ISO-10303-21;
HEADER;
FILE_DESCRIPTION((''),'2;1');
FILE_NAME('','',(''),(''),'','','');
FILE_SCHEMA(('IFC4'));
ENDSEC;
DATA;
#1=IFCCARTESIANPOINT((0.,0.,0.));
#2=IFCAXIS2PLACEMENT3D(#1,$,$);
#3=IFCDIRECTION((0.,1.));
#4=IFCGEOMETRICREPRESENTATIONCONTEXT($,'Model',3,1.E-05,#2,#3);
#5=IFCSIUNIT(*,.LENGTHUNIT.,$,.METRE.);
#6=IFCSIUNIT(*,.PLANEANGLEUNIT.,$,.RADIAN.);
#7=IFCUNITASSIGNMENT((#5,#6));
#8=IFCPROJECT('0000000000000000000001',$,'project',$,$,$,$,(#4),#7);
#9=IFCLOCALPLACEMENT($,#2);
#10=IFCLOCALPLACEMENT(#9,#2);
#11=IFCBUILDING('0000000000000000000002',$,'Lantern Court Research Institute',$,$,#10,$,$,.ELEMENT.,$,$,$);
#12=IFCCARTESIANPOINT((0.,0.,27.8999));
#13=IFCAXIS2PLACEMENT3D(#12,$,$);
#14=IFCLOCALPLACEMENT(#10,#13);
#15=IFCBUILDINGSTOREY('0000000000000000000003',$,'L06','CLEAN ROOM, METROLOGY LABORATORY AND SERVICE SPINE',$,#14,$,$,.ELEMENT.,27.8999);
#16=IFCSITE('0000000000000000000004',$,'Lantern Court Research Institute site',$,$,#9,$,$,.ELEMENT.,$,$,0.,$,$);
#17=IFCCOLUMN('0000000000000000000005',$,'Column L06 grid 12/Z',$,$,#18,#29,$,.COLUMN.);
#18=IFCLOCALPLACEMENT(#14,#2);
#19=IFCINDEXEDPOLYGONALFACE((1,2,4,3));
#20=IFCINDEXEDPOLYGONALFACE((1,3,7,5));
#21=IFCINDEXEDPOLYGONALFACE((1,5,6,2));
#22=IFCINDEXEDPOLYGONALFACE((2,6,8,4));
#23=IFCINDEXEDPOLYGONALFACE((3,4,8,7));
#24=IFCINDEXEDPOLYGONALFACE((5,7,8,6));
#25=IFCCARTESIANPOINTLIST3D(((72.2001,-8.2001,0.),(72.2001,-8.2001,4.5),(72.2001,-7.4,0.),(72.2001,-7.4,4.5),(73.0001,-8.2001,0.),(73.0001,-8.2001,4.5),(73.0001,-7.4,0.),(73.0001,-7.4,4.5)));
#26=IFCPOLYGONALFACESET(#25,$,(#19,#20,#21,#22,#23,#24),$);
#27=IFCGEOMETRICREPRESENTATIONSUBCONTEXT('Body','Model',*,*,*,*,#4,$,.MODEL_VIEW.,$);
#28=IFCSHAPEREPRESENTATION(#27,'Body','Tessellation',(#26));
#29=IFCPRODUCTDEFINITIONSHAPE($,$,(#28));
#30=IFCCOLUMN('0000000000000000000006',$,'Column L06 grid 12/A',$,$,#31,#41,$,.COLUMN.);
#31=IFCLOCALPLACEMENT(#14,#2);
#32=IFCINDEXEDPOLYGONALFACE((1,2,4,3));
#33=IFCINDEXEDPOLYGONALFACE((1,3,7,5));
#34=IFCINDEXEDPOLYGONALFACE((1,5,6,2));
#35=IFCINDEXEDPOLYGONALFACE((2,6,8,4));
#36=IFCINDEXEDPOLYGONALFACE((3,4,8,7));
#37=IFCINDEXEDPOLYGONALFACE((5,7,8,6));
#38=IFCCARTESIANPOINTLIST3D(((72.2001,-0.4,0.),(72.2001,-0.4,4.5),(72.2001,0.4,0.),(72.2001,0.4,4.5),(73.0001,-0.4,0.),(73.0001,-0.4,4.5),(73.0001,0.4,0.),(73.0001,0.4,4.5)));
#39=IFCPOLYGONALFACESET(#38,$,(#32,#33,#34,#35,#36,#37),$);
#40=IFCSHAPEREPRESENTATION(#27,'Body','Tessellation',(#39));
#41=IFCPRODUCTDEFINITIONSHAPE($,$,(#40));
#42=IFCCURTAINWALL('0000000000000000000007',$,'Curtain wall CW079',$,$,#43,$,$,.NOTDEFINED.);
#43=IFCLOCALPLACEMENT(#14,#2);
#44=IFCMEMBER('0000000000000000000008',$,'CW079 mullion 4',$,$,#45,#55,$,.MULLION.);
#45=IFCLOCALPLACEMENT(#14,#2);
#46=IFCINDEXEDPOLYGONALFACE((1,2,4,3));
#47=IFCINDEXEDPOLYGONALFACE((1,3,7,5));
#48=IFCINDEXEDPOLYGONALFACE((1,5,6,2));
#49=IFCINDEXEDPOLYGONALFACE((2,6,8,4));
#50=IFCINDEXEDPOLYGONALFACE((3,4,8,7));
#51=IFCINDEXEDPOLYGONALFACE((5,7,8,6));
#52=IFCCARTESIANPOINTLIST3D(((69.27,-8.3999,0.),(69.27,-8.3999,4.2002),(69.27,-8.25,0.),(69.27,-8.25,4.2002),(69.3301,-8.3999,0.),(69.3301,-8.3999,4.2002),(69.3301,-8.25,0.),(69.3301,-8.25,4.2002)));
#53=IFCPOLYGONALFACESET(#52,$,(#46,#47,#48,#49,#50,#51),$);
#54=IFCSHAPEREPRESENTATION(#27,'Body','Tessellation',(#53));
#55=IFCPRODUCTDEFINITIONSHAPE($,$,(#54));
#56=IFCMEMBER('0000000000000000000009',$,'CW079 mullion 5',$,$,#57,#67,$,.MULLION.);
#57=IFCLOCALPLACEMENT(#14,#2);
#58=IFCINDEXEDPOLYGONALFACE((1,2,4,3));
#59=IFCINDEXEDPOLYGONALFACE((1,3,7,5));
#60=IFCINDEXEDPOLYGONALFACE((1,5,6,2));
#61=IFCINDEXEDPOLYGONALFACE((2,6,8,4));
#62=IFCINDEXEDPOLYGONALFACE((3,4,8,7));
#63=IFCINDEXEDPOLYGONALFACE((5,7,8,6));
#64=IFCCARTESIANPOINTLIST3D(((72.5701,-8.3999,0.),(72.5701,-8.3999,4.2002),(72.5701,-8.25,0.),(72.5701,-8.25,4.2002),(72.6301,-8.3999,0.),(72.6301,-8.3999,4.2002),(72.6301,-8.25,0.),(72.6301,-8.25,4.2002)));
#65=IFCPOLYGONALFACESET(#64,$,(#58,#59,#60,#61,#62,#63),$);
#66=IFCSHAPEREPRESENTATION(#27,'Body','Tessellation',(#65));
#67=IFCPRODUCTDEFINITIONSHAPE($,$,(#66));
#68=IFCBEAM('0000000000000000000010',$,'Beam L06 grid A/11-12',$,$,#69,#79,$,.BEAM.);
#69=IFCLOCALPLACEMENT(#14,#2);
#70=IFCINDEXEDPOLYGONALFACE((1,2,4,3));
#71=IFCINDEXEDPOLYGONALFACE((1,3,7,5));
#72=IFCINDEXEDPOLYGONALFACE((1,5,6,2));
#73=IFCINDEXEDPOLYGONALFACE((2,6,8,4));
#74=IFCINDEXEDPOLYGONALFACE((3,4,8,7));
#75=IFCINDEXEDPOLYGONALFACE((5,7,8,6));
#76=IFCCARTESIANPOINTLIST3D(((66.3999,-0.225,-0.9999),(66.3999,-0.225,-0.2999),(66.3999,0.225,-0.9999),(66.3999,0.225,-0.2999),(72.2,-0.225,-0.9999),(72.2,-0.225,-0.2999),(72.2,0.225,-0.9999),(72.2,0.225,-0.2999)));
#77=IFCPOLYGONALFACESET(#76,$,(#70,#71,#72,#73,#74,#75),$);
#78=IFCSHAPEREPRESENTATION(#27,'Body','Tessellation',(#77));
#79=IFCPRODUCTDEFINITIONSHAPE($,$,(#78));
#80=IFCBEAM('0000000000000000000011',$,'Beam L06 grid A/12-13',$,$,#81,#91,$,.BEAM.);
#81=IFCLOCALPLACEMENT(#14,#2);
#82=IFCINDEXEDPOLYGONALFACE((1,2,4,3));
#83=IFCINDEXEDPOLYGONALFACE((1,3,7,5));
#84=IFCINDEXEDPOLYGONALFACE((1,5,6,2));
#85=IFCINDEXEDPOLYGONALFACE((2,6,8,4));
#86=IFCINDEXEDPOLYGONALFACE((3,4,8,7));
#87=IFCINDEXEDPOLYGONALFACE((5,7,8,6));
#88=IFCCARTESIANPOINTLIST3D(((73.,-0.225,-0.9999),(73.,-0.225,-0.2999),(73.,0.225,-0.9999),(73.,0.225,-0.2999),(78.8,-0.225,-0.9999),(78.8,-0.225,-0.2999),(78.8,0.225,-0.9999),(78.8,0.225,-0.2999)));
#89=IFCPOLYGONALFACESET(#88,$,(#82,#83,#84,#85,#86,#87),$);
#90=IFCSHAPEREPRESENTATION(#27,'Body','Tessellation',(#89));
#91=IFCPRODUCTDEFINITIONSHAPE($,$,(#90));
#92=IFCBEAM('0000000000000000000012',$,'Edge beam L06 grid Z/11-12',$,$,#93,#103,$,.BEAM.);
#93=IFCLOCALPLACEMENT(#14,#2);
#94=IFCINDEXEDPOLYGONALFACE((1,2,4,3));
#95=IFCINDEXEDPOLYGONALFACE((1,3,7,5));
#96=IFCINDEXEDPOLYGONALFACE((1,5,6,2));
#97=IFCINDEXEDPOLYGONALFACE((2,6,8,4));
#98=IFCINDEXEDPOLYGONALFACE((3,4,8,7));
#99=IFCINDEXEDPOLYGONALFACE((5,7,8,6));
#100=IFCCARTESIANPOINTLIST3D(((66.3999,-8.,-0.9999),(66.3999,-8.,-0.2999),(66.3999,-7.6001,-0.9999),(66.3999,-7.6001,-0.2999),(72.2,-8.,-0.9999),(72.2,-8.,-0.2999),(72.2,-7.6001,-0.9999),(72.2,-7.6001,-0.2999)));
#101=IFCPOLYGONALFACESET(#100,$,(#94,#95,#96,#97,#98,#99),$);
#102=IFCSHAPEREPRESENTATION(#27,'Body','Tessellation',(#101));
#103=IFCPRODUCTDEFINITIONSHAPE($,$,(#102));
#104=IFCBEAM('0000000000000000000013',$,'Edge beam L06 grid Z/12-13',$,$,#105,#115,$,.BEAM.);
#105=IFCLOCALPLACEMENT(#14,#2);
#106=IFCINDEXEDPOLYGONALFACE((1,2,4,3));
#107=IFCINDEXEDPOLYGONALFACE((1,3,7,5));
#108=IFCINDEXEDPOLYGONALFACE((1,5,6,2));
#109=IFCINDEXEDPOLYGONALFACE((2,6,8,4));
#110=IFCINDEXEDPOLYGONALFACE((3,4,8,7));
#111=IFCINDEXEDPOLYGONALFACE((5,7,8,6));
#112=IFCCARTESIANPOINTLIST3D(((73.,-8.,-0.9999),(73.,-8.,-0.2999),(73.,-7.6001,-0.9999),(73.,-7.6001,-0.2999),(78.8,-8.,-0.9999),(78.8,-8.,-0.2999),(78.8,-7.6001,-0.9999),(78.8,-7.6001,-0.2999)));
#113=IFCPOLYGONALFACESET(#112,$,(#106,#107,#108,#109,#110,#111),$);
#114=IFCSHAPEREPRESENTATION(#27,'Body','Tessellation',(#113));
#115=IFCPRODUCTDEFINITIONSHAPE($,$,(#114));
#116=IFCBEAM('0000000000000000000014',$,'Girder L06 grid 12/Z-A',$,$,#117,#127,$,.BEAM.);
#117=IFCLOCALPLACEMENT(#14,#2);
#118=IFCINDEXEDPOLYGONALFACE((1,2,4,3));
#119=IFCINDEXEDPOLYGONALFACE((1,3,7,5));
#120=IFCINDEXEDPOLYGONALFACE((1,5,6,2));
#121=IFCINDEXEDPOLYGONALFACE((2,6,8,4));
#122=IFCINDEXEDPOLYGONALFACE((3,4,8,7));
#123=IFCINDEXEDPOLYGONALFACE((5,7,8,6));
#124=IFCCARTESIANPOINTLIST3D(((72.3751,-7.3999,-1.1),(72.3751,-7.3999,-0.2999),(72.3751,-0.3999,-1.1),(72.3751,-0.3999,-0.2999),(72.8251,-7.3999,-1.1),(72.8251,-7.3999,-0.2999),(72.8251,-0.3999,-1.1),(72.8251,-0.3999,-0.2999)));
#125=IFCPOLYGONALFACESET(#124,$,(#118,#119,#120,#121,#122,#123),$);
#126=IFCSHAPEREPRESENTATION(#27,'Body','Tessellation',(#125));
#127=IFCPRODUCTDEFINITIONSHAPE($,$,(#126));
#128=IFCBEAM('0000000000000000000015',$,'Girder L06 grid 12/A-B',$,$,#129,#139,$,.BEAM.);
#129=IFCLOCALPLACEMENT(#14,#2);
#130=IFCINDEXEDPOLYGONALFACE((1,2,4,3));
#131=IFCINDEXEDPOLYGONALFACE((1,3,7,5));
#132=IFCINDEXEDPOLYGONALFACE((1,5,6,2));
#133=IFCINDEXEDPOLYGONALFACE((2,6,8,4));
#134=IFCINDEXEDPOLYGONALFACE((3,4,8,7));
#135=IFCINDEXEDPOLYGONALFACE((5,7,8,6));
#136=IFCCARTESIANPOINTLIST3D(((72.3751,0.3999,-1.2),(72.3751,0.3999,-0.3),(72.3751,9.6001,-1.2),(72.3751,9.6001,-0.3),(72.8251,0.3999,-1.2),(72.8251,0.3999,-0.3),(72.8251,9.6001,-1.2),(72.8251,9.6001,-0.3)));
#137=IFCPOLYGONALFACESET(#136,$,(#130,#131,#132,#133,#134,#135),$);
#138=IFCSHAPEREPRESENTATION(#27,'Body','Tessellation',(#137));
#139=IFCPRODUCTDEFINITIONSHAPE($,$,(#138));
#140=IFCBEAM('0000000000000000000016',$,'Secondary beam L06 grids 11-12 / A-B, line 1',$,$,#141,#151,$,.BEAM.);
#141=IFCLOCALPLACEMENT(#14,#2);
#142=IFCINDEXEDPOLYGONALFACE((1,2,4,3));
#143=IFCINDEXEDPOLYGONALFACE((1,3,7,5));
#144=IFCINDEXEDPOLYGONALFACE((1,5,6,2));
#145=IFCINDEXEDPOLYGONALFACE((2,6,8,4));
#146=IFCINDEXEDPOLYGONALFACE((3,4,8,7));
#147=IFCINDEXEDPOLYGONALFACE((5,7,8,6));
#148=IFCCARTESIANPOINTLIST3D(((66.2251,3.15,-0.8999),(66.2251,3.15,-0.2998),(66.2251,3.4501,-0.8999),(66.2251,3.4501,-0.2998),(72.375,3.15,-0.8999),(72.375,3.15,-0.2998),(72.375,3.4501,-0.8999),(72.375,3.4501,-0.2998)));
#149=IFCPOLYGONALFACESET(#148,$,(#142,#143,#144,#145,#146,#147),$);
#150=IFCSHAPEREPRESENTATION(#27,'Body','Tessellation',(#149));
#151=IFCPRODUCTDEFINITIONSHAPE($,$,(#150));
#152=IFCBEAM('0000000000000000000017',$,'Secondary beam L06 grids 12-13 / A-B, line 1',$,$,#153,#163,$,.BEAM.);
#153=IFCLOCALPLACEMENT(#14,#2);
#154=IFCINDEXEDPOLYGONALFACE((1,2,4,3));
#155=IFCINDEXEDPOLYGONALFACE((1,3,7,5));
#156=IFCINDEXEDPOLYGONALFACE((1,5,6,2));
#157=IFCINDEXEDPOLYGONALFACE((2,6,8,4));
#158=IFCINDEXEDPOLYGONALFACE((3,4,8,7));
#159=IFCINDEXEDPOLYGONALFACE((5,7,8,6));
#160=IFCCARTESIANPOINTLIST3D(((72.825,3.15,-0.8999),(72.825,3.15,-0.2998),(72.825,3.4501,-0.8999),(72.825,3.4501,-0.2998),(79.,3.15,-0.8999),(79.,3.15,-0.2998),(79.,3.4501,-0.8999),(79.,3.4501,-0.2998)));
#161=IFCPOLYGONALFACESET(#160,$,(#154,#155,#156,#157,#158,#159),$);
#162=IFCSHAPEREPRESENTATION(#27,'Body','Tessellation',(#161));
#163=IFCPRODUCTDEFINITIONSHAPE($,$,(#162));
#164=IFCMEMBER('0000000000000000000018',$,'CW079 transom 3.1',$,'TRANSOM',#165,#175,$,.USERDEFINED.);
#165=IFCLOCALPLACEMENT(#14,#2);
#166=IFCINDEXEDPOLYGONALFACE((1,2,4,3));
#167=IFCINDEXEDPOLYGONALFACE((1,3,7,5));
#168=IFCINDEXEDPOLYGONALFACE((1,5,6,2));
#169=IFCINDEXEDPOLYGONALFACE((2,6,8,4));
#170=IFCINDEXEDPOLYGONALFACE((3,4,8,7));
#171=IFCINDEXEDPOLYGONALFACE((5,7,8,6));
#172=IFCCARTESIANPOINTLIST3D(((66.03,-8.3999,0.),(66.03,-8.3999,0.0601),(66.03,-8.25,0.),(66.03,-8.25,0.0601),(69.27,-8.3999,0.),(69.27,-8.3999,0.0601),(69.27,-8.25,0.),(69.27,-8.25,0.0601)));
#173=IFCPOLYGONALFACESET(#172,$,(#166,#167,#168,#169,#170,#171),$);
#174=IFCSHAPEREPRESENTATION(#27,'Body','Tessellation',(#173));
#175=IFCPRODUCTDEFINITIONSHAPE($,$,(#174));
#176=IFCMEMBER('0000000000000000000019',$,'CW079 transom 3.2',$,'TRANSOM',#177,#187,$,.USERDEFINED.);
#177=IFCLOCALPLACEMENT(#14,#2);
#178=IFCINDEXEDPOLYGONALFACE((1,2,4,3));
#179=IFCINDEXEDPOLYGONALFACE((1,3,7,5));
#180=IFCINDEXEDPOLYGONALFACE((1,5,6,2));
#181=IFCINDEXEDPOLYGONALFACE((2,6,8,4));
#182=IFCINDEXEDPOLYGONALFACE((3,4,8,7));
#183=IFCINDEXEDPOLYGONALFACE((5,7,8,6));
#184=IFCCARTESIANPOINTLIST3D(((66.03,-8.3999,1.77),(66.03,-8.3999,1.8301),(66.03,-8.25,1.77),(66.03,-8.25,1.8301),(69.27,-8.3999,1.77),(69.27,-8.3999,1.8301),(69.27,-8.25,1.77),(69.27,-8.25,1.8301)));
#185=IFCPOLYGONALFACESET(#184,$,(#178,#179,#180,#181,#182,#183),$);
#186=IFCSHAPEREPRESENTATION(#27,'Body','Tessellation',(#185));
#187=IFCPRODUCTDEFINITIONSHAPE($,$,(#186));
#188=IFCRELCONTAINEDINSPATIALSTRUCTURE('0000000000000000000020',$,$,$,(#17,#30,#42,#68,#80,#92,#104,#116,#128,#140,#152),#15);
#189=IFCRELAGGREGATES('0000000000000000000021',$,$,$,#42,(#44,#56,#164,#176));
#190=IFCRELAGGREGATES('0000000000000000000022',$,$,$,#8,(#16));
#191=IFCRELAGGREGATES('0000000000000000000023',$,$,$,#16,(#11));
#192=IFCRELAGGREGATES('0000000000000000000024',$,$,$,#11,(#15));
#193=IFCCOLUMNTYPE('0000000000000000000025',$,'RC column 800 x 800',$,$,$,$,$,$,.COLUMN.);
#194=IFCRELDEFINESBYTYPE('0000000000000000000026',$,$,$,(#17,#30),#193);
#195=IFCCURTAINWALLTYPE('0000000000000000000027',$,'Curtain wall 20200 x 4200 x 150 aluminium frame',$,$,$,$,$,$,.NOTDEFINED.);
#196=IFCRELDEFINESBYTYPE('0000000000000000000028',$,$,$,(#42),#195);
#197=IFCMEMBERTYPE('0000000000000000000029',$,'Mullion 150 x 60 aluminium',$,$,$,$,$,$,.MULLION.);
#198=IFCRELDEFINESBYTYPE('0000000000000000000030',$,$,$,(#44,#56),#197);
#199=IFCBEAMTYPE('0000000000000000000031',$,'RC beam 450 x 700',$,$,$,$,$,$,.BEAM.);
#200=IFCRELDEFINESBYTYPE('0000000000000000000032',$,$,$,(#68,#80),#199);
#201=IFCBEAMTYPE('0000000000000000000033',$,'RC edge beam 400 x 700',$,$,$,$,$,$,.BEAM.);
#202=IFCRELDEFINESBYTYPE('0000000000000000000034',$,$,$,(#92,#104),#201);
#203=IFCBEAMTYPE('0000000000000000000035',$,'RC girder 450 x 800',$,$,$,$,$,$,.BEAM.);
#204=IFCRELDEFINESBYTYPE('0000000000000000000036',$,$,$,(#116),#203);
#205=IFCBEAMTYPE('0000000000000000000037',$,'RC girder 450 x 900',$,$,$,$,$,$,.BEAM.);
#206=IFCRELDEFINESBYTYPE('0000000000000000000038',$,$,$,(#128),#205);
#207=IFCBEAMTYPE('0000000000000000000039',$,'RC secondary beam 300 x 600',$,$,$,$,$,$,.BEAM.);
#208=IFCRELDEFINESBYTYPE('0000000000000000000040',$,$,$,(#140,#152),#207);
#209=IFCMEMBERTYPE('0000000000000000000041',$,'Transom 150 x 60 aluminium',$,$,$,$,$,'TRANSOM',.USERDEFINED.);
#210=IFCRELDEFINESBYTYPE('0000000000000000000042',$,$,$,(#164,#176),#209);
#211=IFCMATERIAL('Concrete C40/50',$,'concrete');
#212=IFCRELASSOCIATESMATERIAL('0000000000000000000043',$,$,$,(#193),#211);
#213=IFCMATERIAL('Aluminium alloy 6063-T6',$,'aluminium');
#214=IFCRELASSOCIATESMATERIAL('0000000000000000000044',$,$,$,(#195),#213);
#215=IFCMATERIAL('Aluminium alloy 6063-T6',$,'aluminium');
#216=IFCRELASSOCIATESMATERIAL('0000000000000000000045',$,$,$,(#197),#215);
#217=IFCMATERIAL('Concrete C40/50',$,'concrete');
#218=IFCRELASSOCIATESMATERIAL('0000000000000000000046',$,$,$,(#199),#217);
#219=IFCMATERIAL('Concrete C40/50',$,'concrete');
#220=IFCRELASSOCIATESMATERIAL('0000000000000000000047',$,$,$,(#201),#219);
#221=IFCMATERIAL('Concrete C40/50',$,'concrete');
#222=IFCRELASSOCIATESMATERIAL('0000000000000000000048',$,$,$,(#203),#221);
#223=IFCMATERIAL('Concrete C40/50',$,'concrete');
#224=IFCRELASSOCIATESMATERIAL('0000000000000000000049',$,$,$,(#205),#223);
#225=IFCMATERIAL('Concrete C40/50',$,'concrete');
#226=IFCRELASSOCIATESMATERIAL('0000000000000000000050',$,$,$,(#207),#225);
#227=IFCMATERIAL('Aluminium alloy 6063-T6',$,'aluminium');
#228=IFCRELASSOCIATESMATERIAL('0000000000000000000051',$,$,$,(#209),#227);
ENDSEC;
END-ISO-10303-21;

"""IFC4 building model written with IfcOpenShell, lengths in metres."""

from ifc_helpers import new_model, si_unit, direction, frame, origin, origin_2d, place, context, subcontext, project, spatial, rectangle, extrude, material, material_profile, profile_set, type_object, element, aggregate, save


model = new_model("IFC4")

# Units and contexts
model_context = context("Model", 3, precision=1e-05, world=origin(), true_north=direction((0.0, 1.0)))
body_context = subcontext(model_context, "Body", "Model", "MODEL_VIEW")
ifc_project = project(units=[si_unit("LENGTHUNIT", "METRE"), si_unit("PLANEANGLEUNIT", "RADIAN")], contexts=[model_context])

# Site, building, storey
site_placement = place(None, origin())
site = spatial("IfcSite", under=ifc_project, at=site_placement, Name="Lantern Court Research Institute site", CompositionType="ELEMENT", RefElevation=0.0)
building_placement = place(site_placement, origin())
building = spatial("IfcBuilding", under=site, at=building_placement, Name="Lantern Court Research Institute", CompositionType="ELEMENT")
storey_placement = place(building_placement, frame((0.0, 0.0, 27.8999)))
storey = spatial("IfcBuildingStorey", under=building, at=storey_placement, Name="L06", Description="CLEAN ROOM, METROLOGY LABORATORY AND SERVICE SPINE", CompositionType="ELEMENT", Elevation=27.8999)

# Columns
ifc_material_1 = material(Name="Concrete C40/50", Category="concrete")
ifc_material_profile_1 = material_profile(ifc_material_1, rectangle(XDim=0.8, YDim=0.8, at=origin_2d()), Name="RC column 800 x 800")
ifc_profile_set_1 = profile_set([ifc_material_profile_1], Name="Concrete C40/50")
column_type = type_object("IfcColumnType", Name="RC column 800 x 800", PredefinedType="COLUMN", material=ifc_profile_set_1)
for number, where, z_axis, x_axis, name in (
    (1, (72.6001, -7.8, 0.0), (0.0, 0.0, 1.0), (1.0, 0.0, 0.0), "Column L06 grid 12/Z"),
    (2, (72.6001, 0.0, 0.0), (0.0, 0.0, 1.0), (1.0, 0.0, 0.0), "Column L06 grid 12/A"),
):
    element("IfcColumn", number, at=place(storey_placement, frame(where, z_axis=z_axis, x_axis=x_axis)), inside=storey, type_object=column_type, Name=name, PredefinedType="COLUMN", context=body_context, shape_type="SweptSolid", body=[
        extrude(rectangle(XDim=0.8, YDim=0.8, at=origin_2d()), origin(), (0.0, 0.0, 1.0), 4.5),
    ])

# Curtain wall, members
ifc_material_2 = material(Name="Aluminium alloy 6063-T6", Category="aluminium")
curtain_wall_type = type_object("IfcCurtainWallType", Name="Curtain wall 20200 x 4200 x 150 aluminium frame", PredefinedType="NOTDEFINED", material=ifc_material_2)
curtain_wall_placement = place(storey_placement, origin())
curtain_wall = element("IfcCurtainWall", 3, at=curtain_wall_placement, inside=storey, type_object=curtain_wall_type, Name="Curtain wall CW079", PredefinedType="NOTDEFINED")
ifc_material_3 = material(Name="Aluminium alloy 6063-T6", Category="aluminium")
ifc_material_profile_2 = material_profile(ifc_material_3, rectangle(XDim=0.1499, YDim=0.0601, at=origin_2d()), Name="Mullion 150 x 60")
ifc_profile_set_2 = profile_set([ifc_material_profile_2], Name="Aluminium alloy 6063-T6")
member_type_1 = type_object("IfcMemberType", Name="Mullion 150 x 60 aluminium", PredefinedType="MULLION", material=ifc_profile_set_2)
member_1_placement = place(storey_placement, frame((69.3, -8.325, 0.0), z_axis=(0.0, 0.0, 1.0), x_axis=(0.0, -1.0, 0.0)))
member_1 = element("IfcMember", 4, at=member_1_placement, type_object=member_type_1, Name="CW079 mullion 4", PredefinedType="MULLION", context=body_context, shape_type="SweptSolid", body=[
    extrude(rectangle(XDim=0.1499, YDim=0.0601, at=origin_2d()), origin(), (0.0, 0.0, 1.0), 4.2002),
])
member_2_placement = place(storey_placement, frame((72.6001, -8.325, 0.0), z_axis=(0.0, 0.0, 1.0), x_axis=(0.0, -1.0, 0.0)))
member_2 = element("IfcMember", 5, at=member_2_placement, type_object=member_type_1, Name="CW079 mullion 5", PredefinedType="MULLION", context=body_context, shape_type="SweptSolid", body=[
    extrude(rectangle(XDim=0.1499, YDim=0.0601, at=origin_2d()), origin(), (0.0, 0.0, 1.0), 4.2002),
])

# Beams
ifc_material_4 = material(Name="Concrete C40/50", Category="concrete")
ifc_material_profile_3 = material_profile(ifc_material_4, rectangle(XDim=0.45, YDim=0.7, at=origin_2d()), Name="RC beam 450 x 700")
ifc_profile_set_3 = profile_set([ifc_material_profile_3], Name="Concrete C40/50")
beam_type_1 = type_object("IfcBeamType", Name="RC beam 450 x 700", PredefinedType="BEAM", material=ifc_profile_set_3)
for number, where, z_axis, x_axis, name in (
    (6, (66.3999, 0.0, -0.6499), (1.0, 0.0, 0.0), (0.0, 1.0, 0.0), "Beam L06 grid A/11-12"),
    (7, (73.0, 0.0, -0.6499), (1.0, 0.0, 0.0), (0.0, 1.0, 0.0), "Beam L06 grid A/12-13"),
):
    element("IfcBeam", number, at=place(storey_placement, frame(where, z_axis=z_axis, x_axis=x_axis)), inside=storey, type_object=beam_type_1, Name=name, PredefinedType="BEAM", context=body_context, shape_type="SweptSolid", body=[
        extrude(rectangle(XDim=0.45, YDim=0.7, at=origin_2d()), origin(), (0.0, 0.0, 1.0), 5.8),
    ])
ifc_material_5 = material(Name="Concrete C40/50", Category="concrete")
ifc_material_profile_4 = material_profile(ifc_material_5, rectangle(XDim=0.3999, YDim=0.7, at=origin_2d()), Name="RC beam 400 x 700")
ifc_profile_set_4 = profile_set([ifc_material_profile_4], Name="Concrete C40/50")
beam_type_2 = type_object("IfcBeamType", Name="RC edge beam 400 x 700", PredefinedType="BEAM", material=ifc_profile_set_4)
for number, where, z_axis, x_axis, name in (
    (8, (66.3999, -7.8, -0.6499), (1.0, 0.0, 0.0), (0.0, 1.0, 0.0), "Edge beam L06 grid Z/11-12"),
    (9, (73.0, -7.8, -0.6499), (1.0, 0.0, 0.0), (0.0, 1.0, 0.0), "Edge beam L06 grid Z/12-13"),
):
    element("IfcBeam", number, at=place(storey_placement, frame(where, z_axis=z_axis, x_axis=x_axis)), inside=storey, type_object=beam_type_2, Name=name, PredefinedType="BEAM", context=body_context, shape_type="SweptSolid", body=[
        extrude(rectangle(XDim=0.3999, YDim=0.7, at=origin_2d()), origin(), (0.0, 0.0, 1.0), 5.8),
    ])
ifc_material_6 = material(Name="Concrete C40/50", Category="concrete")
ifc_material_profile_5 = material_profile(ifc_material_6, rectangle(XDim=0.45, YDim=0.8, at=origin_2d()), Name="RC beam 450 x 800")
ifc_profile_set_5 = profile_set([ifc_material_profile_5], Name="Concrete C40/50")
beam_type_3 = type_object("IfcBeamType", Name="RC girder 450 x 800", PredefinedType="BEAM", material=ifc_profile_set_5)
beam_1_placement = place(storey_placement, frame((72.6001, -7.3999, -0.7), z_axis=(0.0, 1.0, 0.0), x_axis=(-1.0, 0.0, 0.0)))
element("IfcBeam", 10, at=beam_1_placement, inside=storey, type_object=beam_type_3, Name="Girder L06 grid 12/Z-A", PredefinedType="BEAM", context=body_context, shape_type="SweptSolid", body=[
    extrude(rectangle(XDim=0.45, YDim=0.8, at=origin_2d()), origin(), (0.0, 0.0, 1.0), 7.0),
])
ifc_material_7 = material(Name="Concrete C40/50", Category="concrete")
ifc_material_profile_6 = material_profile(ifc_material_7, rectangle(XDim=0.45, YDim=0.8999, at=origin_2d()), Name="RC beam 450 x 900")
ifc_profile_set_6 = profile_set([ifc_material_profile_6], Name="Concrete C40/50")
beam_type_4 = type_object("IfcBeamType", Name="RC girder 450 x 900", PredefinedType="BEAM", material=ifc_profile_set_6)
beam_2_placement = place(storey_placement, frame((72.6001, 0.3999, -0.75), z_axis=(0.0, 1.0, 0.0), x_axis=(-1.0, 0.0, 0.0)))
element("IfcBeam", 11, at=beam_2_placement, inside=storey, type_object=beam_type_4, Name="Girder L06 grid 12/A-B", PredefinedType="BEAM", context=body_context, shape_type="SweptSolid", body=[
    extrude(rectangle(XDim=0.45, YDim=0.8999, at=origin_2d()), origin(), (0.0, 0.0, 1.0), 9.2002),
])
ifc_material_8 = material(Name="Concrete C40/50", Category="concrete")
ifc_material_profile_7 = material_profile(ifc_material_8, rectangle(XDim=0.3, YDim=0.6001, at=origin_2d()), Name="RC beam 300 x 600")
ifc_profile_set_7 = profile_set([ifc_material_profile_7], Name="Concrete C40/50")
beam_type_5 = type_object("IfcBeamType", Name="RC secondary beam 300 x 600", PredefinedType="BEAM", material=ifc_profile_set_7)
beam_3_placement = place(storey_placement, frame((66.2251, 3.3, -0.5999), z_axis=(1.0, 0.0, 0.0), x_axis=(0.0, 1.0, 0.0)))
element("IfcBeam", 12, at=beam_3_placement, inside=storey, type_object=beam_type_5, Name="Secondary beam L06 grids 11-12 / A-B, line 1", PredefinedType="BEAM", context=body_context, shape_type="SweptSolid", body=[
    extrude(rectangle(XDim=0.3, YDim=0.6001, at=origin_2d()), origin(), (0.0, 0.0, 1.0), 6.1499),
])
beam_4_placement = place(storey_placement, frame((72.825, 3.3, -0.5999), z_axis=(1.0, 0.0, 0.0), x_axis=(0.0, 1.0, 0.0)))
element("IfcBeam", 13, at=beam_4_placement, inside=storey, type_object=beam_type_5, Name="Secondary beam L06 grids 12-13 / A-B, line 1", PredefinedType="BEAM", context=body_context, shape_type="SweptSolid", body=[
    extrude(rectangle(XDim=0.3, YDim=0.6001, at=origin_2d()), origin(), (0.0, 0.0, 1.0), 6.175),
])

# Members
ifc_material_9 = material(Name="Aluminium alloy 6063-T6", Category="aluminium")
ifc_material_profile_8 = material_profile(ifc_material_9, rectangle(XDim=0.1499, YDim=0.0601, at=origin_2d()), Name="Transom 150 x 60")
ifc_profile_set_8 = profile_set([ifc_material_profile_8], Name="Aluminium alloy 6063-T6")
member_type_2 = type_object("IfcMemberType", Name="Transom 150 x 60 aluminium", ElementType="TRANSOM", PredefinedType="USERDEFINED", material=ifc_profile_set_8)
member_3_placement = place(storey_placement, frame((69.27, -8.325, 0.03), z_axis=(-1.0, 0.0, 0.0), x_axis=(0.0, -1.0, 0.0)))
member_3 = element("IfcMember", 14, at=member_3_placement, type_object=member_type_2, Name="CW079 transom 3.1", ObjectType="TRANSOM", PredefinedType="USERDEFINED", context=body_context, shape_type="SweptSolid", body=[
    extrude(rectangle(XDim=0.1499, YDim=0.0601, at=origin_2d()), origin(), (0.0, 0.0, 1.0), 3.24),
])
member_4_placement = place(storey_placement, frame((69.27, -8.325, 1.8), z_axis=(-1.0, 0.0, 0.0), x_axis=(0.0, -1.0, 0.0)))
member_4 = element("IfcMember", 15, at=member_4_placement, type_object=member_type_2, Name="CW079 transom 3.2", ObjectType="TRANSOM", PredefinedType="USERDEFINED", context=body_context, shape_type="SweptSolid", body=[
    extrude(rectangle(XDim=0.1499, YDim=0.0601, at=origin_2d()), origin(), (0.0, 0.0, 1.0), 3.24),
])

aggregate(curtain_wall, [member_1, member_2, member_3, member_4])

save(model, "model.ifc")
